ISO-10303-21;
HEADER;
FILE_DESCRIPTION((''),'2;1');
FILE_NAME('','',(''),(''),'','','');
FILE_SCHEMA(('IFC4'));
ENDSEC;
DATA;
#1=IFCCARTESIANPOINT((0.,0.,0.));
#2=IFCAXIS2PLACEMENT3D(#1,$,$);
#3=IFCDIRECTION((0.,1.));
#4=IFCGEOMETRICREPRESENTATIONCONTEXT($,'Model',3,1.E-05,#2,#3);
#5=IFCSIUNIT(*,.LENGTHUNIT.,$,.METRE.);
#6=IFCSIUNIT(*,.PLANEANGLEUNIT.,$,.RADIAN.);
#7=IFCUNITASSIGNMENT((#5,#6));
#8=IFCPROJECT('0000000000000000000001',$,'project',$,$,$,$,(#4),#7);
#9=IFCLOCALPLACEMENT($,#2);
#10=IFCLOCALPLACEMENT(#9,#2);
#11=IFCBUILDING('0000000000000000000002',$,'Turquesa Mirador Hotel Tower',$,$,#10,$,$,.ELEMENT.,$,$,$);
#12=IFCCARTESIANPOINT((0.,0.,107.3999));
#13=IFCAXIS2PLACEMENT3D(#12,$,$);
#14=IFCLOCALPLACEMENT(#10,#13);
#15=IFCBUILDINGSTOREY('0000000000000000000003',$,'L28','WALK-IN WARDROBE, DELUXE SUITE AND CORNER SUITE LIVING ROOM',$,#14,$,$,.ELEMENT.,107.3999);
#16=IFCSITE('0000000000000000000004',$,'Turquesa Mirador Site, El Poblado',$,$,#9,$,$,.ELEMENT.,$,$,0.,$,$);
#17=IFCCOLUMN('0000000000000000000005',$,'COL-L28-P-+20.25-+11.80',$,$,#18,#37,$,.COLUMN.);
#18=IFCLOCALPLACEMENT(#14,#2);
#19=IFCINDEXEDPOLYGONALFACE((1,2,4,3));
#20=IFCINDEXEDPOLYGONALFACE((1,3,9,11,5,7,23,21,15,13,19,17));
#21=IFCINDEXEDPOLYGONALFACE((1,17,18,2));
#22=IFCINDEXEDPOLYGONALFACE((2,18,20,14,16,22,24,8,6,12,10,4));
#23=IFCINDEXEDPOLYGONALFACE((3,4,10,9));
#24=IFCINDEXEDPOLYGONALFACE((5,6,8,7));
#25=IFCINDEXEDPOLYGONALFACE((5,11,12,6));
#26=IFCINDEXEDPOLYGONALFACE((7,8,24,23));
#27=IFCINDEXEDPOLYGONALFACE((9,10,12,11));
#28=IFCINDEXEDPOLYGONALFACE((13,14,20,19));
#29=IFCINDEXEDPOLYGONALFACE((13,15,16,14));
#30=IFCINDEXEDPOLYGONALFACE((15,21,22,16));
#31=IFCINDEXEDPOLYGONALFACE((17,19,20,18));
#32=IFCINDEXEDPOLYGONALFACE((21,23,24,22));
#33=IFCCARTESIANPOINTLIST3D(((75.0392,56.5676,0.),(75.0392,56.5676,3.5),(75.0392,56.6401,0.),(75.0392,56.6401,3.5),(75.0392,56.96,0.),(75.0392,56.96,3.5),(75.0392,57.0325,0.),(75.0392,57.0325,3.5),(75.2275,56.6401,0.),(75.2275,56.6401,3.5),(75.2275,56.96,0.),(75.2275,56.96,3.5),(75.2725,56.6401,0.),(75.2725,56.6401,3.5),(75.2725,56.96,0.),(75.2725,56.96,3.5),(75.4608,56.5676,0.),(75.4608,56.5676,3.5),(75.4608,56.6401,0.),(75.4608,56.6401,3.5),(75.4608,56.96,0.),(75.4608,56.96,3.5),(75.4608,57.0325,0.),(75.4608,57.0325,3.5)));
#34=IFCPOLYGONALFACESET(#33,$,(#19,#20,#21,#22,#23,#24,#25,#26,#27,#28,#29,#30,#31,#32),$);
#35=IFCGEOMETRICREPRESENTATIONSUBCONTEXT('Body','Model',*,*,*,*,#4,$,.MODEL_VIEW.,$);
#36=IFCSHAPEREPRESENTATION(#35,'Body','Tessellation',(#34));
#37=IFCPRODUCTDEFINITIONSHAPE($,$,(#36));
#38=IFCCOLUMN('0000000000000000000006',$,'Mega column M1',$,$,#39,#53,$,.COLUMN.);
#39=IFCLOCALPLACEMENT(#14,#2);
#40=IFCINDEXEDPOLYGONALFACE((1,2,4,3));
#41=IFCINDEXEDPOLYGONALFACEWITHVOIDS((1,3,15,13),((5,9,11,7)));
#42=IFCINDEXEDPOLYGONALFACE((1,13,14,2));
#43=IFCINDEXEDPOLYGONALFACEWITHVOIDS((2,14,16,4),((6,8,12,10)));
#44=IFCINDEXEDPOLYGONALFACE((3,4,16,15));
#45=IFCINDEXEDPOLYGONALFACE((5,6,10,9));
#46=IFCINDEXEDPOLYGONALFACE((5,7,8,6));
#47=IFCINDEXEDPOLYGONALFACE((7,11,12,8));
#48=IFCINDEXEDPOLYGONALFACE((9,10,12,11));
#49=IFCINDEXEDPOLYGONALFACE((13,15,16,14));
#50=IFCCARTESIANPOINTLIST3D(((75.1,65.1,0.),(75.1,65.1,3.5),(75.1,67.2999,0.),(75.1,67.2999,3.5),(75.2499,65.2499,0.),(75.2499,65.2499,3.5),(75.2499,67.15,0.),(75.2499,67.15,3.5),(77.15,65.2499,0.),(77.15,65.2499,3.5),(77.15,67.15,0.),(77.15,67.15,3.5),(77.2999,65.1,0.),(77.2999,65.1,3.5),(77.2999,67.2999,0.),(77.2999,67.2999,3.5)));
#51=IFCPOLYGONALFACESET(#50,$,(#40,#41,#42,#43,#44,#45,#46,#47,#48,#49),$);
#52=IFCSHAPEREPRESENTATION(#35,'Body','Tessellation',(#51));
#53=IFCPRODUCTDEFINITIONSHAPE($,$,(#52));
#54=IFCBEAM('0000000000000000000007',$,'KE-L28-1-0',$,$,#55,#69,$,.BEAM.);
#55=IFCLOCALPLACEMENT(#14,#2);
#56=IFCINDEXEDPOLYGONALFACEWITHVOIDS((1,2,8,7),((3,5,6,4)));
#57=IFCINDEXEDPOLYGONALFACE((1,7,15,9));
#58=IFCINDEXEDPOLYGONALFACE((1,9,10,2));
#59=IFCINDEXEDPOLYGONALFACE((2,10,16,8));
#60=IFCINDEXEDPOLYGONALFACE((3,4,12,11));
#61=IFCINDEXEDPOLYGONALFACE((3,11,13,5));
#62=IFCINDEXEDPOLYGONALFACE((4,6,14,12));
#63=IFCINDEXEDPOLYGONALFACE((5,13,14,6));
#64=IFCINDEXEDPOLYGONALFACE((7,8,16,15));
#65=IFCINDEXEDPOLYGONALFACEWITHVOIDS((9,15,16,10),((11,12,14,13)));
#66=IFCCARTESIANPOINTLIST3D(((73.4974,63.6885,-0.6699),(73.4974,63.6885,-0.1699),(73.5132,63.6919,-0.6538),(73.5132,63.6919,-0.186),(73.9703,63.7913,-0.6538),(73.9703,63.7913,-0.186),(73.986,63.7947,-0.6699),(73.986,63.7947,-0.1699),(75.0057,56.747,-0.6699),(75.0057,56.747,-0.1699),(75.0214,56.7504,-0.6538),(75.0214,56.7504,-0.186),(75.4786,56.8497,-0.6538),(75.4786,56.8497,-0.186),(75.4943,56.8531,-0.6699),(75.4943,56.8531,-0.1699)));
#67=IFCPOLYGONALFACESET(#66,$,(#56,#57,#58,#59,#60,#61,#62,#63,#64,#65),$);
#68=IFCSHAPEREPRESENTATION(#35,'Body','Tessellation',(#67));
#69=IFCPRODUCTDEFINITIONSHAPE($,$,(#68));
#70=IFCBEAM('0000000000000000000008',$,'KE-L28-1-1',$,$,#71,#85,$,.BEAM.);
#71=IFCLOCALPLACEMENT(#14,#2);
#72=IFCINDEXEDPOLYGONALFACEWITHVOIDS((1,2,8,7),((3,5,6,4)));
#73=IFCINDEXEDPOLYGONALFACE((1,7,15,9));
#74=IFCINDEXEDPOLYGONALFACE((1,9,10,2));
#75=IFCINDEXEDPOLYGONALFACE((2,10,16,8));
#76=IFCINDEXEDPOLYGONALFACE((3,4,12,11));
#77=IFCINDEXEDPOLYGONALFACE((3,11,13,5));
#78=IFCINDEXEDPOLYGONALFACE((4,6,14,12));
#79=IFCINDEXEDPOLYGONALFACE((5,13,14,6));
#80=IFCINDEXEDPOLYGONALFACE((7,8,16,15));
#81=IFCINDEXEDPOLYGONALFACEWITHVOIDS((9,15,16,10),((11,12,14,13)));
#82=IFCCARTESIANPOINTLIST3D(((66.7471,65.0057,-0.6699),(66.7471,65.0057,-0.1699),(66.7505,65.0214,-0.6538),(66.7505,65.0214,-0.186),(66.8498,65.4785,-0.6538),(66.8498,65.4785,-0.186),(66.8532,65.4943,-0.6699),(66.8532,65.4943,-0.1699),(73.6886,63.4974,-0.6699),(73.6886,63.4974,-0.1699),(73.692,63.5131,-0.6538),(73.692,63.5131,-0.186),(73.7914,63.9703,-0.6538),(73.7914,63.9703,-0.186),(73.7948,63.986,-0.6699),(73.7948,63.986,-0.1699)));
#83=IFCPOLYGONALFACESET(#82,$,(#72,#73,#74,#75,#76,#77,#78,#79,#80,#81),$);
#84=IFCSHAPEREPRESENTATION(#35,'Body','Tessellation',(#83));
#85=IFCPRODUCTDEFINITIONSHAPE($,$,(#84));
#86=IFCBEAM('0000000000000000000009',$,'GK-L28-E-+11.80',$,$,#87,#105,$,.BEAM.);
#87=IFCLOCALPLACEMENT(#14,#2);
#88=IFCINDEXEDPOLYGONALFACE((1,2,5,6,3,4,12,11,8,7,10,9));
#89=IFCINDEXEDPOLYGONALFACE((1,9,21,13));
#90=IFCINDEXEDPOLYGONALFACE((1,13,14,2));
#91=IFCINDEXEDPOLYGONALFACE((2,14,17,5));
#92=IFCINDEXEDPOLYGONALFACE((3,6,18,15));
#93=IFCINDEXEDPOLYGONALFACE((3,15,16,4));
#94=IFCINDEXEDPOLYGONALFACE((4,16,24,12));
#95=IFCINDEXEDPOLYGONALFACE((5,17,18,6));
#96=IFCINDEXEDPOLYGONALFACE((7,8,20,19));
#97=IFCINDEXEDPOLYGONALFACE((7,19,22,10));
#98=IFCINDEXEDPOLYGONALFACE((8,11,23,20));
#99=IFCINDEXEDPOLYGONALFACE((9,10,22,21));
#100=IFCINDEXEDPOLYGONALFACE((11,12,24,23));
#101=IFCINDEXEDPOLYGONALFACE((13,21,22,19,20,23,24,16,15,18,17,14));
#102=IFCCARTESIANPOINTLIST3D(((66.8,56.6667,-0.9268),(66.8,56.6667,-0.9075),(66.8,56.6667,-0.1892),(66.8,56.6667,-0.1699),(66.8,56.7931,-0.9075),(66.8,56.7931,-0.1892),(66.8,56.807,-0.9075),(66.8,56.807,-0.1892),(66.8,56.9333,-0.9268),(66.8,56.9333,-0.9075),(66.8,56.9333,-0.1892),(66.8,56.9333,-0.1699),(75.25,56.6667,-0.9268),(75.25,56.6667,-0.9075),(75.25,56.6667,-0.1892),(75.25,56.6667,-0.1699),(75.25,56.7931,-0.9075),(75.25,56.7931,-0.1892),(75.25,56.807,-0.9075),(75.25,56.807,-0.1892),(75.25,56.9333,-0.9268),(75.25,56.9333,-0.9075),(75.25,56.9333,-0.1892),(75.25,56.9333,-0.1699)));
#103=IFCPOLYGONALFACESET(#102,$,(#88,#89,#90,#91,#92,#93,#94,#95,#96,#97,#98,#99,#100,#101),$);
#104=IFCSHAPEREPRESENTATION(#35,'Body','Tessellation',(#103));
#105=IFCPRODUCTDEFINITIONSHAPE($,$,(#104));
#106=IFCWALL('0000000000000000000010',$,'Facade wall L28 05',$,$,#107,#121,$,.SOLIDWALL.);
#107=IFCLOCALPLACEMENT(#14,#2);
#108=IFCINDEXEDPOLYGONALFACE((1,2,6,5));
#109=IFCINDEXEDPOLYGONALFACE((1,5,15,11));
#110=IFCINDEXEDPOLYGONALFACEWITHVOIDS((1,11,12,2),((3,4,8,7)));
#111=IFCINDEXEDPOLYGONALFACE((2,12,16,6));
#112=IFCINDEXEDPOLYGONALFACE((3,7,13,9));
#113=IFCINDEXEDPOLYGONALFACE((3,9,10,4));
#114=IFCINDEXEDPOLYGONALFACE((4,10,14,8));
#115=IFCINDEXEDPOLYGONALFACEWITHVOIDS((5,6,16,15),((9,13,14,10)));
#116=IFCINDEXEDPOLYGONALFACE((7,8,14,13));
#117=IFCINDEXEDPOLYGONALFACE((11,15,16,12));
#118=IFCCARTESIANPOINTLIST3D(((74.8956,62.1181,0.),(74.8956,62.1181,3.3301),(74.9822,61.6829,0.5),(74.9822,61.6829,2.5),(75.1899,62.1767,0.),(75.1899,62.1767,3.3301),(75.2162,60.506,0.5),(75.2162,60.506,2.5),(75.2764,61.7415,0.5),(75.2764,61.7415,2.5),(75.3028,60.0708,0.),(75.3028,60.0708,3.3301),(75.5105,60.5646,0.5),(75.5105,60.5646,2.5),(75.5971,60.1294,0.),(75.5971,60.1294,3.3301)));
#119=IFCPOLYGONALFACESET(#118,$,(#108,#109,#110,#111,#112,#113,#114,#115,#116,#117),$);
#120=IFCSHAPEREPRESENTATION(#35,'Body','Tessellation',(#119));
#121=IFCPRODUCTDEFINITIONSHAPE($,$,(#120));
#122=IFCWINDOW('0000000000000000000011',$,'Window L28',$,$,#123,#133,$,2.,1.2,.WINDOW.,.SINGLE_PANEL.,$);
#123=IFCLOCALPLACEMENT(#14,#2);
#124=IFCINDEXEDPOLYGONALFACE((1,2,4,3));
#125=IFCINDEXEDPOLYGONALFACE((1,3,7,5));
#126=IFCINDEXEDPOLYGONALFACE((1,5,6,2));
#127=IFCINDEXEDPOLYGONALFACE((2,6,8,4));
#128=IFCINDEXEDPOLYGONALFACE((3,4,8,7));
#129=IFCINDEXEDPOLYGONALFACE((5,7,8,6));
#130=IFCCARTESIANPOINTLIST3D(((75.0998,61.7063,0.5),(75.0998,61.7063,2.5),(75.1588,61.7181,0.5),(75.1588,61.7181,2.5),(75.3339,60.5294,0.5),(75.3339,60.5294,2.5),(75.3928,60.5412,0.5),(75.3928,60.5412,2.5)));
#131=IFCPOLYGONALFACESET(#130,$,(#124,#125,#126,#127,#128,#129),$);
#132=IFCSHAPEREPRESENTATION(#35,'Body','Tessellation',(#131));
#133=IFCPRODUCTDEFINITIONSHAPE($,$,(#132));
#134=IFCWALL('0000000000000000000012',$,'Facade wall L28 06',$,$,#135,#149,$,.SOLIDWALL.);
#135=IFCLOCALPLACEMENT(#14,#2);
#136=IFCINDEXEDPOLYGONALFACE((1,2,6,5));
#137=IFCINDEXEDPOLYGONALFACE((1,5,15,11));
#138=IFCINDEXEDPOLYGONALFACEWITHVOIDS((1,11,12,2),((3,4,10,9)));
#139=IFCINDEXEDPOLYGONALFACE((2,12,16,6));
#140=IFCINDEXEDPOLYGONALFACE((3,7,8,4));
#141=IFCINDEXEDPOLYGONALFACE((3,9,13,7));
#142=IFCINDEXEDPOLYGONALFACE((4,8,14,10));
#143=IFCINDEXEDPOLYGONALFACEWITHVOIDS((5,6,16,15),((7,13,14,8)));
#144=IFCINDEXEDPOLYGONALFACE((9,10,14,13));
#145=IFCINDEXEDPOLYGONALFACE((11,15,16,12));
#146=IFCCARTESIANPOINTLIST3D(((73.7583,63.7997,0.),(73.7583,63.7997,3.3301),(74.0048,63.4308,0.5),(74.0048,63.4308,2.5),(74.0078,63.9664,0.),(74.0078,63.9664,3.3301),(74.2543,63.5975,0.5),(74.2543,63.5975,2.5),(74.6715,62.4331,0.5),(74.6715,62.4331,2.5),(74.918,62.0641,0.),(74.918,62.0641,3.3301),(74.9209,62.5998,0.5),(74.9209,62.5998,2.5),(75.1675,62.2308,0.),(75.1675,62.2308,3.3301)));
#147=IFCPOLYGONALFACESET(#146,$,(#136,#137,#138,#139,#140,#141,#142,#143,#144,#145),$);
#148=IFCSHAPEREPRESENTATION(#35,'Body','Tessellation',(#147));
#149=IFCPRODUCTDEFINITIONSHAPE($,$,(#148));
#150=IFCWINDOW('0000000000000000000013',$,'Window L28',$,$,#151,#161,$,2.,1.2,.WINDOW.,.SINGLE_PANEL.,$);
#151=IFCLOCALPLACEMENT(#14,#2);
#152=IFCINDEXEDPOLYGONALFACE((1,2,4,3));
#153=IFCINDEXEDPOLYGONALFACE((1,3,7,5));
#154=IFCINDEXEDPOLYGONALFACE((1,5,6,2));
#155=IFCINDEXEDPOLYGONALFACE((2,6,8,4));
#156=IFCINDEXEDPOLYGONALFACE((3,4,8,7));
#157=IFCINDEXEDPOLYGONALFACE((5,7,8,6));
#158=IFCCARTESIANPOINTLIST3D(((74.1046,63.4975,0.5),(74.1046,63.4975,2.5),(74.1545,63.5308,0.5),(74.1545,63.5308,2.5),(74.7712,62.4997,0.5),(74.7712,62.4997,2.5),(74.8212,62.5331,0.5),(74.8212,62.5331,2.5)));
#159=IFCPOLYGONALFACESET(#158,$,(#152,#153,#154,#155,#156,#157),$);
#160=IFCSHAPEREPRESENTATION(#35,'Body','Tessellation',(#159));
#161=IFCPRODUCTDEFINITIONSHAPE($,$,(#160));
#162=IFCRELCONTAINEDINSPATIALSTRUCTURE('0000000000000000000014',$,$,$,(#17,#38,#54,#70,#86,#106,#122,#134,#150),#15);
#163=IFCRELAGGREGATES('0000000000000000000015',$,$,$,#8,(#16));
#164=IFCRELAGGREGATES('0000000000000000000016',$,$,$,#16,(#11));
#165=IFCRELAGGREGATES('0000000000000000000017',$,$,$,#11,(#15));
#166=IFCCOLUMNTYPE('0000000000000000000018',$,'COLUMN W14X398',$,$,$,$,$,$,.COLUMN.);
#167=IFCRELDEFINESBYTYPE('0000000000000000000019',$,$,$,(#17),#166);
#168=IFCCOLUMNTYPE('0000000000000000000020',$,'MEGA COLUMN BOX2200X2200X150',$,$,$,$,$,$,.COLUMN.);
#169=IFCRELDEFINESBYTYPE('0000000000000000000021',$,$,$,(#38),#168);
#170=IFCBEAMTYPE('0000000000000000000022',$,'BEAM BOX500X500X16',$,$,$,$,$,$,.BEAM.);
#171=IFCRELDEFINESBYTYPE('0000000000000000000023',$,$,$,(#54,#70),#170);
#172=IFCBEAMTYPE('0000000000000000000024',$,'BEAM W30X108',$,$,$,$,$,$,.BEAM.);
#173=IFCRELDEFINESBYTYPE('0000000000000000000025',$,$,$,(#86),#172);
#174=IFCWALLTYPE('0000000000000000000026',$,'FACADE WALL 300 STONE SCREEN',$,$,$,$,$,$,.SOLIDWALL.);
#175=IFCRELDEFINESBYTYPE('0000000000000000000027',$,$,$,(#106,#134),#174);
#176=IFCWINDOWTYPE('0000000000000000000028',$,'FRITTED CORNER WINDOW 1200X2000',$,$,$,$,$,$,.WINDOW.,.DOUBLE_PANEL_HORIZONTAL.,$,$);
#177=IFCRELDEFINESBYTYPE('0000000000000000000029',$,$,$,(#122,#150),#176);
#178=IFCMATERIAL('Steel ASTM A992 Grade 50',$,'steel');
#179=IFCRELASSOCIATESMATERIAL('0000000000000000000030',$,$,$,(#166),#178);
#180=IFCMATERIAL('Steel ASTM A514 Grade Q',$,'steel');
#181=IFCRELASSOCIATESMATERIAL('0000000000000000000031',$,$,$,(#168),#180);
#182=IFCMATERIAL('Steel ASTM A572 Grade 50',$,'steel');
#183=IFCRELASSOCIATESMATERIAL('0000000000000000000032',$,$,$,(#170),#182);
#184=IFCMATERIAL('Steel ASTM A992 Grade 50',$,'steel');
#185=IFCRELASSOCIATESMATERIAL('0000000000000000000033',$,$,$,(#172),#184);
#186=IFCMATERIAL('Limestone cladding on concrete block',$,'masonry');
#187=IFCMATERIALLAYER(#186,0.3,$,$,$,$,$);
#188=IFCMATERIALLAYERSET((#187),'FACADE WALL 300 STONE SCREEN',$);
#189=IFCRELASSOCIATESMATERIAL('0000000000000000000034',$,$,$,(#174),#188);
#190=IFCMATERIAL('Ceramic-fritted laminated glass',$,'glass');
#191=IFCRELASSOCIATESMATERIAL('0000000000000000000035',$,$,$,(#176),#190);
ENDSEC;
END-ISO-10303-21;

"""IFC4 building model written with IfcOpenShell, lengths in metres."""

from ifc_helpers import new_model, si_unit, direction, frame, frame_2d, origin, origin_2d, place, context, subcontext, project, spatial, rectangle, hollow_rectangle, i_section, extrude, material, layer, layer_set, material_profile, profile_set, type_object, element, fill, save


model = new_model("IFC4")

# Units and contexts
model_context = context("Model", 3, precision=1e-05, world=origin(), true_north=direction((0.0, 1.0)))
body_context = subcontext(model_context, "Body", "Model", "MODEL_VIEW")
ifc_project = project(units=[si_unit("LENGTHUNIT", "METRE"), si_unit("PLANEANGLEUNIT", "RADIAN")], contexts=[model_context])

# Site, building, storey
site_placement = place(None, origin())
site = spatial("IfcSite", under=ifc_project, at=site_placement, Name="Turquesa Mirador Site, El Poblado", CompositionType="ELEMENT", RefElevation=0.0)
building_placement = place(site_placement, origin())
building = spatial("IfcBuilding", under=site, at=building_placement, Name="Turquesa Mirador Hotel Tower", CompositionType="ELEMENT")
storey_placement = place(building_placement, frame((0.0, 0.0, 107.3999)))
storey = spatial("IfcBuildingStorey", under=building, at=storey_placement, Name="L28", Description="WALK-IN WARDROBE, DELUXE SUITE AND CORNER SUITE LIVING ROOM", CompositionType="ELEMENT", Elevation=107.3999)

# Columns
ifc_material_1 = material(Name="Steel ASTM A992 Grade 50", Category="steel")
ifc_material_profile_1 = material_profile(ifc_material_1, i_section(OverallWidth=0.4216, OverallDepth=0.4648, WebThickness=0.0449, FlangeThickness=0.0725, at=origin_2d()), Name="W14X398")
ifc_profile_set_1 = profile_set([ifc_material_profile_1], Name="Steel ASTM A992 Grade 50")
column_type_1 = type_object("IfcColumnType", Name="COLUMN W14X398", PredefinedType="COLUMN", material=ifc_profile_set_1)
column_1_placement = place(storey_placement, frame((75.25, 56.8, 0.0), z_axis=(0.0, 0.0, 1.0), x_axis=(1.0, 0.0, 0.0)))
element("IfcColumn", 1, at=column_1_placement, inside=storey, type_object=column_type_1, Name="COL-L28-P-+20.25-+11.80", PredefinedType="COLUMN", context=body_context, shape_type="SweptSolid", body=[
    extrude(i_section(OverallWidth=0.4216, OverallDepth=0.4648, WebThickness=0.0449, FlangeThickness=0.0725, at=origin_2d()), origin(), (0.0, 0.0, 1.0), 3.5),
])
ifc_material_2 = material(Name="Steel ASTM A514 Grade Q", Category="steel")
ifc_material_profile_2 = material_profile(ifc_material_2, hollow_rectangle(XDim=2.2, YDim=2.2, WallThickness=0.1499, at=origin_2d()), Name="BOX2200X2200X150")
ifc_profile_set_2 = profile_set([ifc_material_profile_2], Name="Steel ASTM A514 Grade Q")
column_type_2 = type_object("IfcColumnType", Name="MEGA COLUMN BOX2200X2200X150", PredefinedType="COLUMN", material=ifc_profile_set_2)
column_2_placement = place(storey_placement, frame((76.2, 66.2, 0.0), z_axis=(0.0, 0.0, 1.0), x_axis=(1.0, 0.0, 0.0)))
element("IfcColumn", 2, at=column_2_placement, inside=storey, type_object=column_type_2, Name="Mega column M1", PredefinedType="COLUMN", context=body_context, shape_type="SweptSolid", body=[
    extrude(hollow_rectangle(XDim=2.2, YDim=2.2, WallThickness=0.1499, at=origin_2d()), origin(), (0.0, 0.0, 1.0), 3.5),
])

# Beams
ifc_material_3 = material(Name="Steel ASTM A572 Grade 50", Category="steel")
ifc_material_profile_3 = material_profile(ifc_material_3, hollow_rectangle(XDim=0.5, YDim=0.5, WallThickness=0.0161, at=origin_2d()), Name="BOX500X500X16")
ifc_profile_set_3 = profile_set([ifc_material_profile_3], Name="Steel ASTM A572 Grade 50")
beam_type_1 = type_object("IfcBeamType", Name="BEAM BOX500X500X16", PredefinedType="BEAM", material=ifc_profile_set_3)
for number, where, z_axis, x_axis, name in (
    (3, (75.25, 56.8, -0.4199), (-0.212328, 0.977198, 0.0), (-0.977198, -0.212328, 0.0), "KE-L28-1-0"),
    (4, (73.7417, 63.7417, -0.4199), (-0.977198, 0.212328, 0.0), (-0.212328, -0.977198, 0.0), "KE-L28-1-1"),
):
    element("IfcBeam", number, at=place(storey_placement, frame(where, z_axis=z_axis, x_axis=x_axis)), inside=storey, type_object=beam_type_1, Name=name, PredefinedType="BEAM", context=body_context, shape_type="SweptSolid", body=[
        extrude(hollow_rectangle(XDim=0.5, YDim=0.5, WallThickness=0.0161, at=origin_2d()), origin(), (0.0, 0.0, 1.0), 7.1035),
    ])
ifc_material_4 = material(Name="Steel ASTM A992 Grade 50", Category="steel")
ifc_material_profile_4 = material_profile(ifc_material_4, i_section(OverallWidth=0.2666, OverallDepth=0.7568, WebThickness=0.0139, FlangeThickness=0.0193, at=origin_2d()), Name="W30X108")
ifc_profile_set_4 = profile_set([ifc_material_profile_4], Name="Steel ASTM A992 Grade 50")
beam_type_2 = type_object("IfcBeamType", Name="BEAM W30X108", PredefinedType="BEAM", material=ifc_profile_set_4)
beam_placement = place(storey_placement, frame((75.25, 56.8, -0.5483), z_axis=(-1.0, 0.0, 0.0), x_axis=(0.0, -1.0, 0.0)))
element("IfcBeam", 5, at=beam_placement, inside=storey, type_object=beam_type_2, Name="GK-L28-E-+11.80", PredefinedType="BEAM", context=body_context, shape_type="SweptSolid", body=[
    extrude(i_section(OverallWidth=0.2666, OverallDepth=0.7568, WebThickness=0.0139, FlangeThickness=0.0193, at=origin_2d()), origin(), (0.0, 0.0, 1.0), 8.45),
])

# Walls, openings, windows
ifc_material_5 = material(Name="Limestone cladding on concrete block", Category="masonry")
ifc_layer = layer(ifc_material_5, 0.3)
ifc_layer_set = layer_set([ifc_layer], Name="FACADE WALL 300 STONE SCREEN")
wall_type = type_object("IfcWallType", Name="FACADE WALL 300 STONE SCREEN", PredefinedType="SOLIDWALL", material=ifc_layer_set)
wall_1_placement = place(storey_placement, frame((75.45, 60.1001, 0.0), z_axis=(0.0, 0.0, 1.0), x_axis=(-0.195081, 0.980787, 0.0)))
wall_1 = element("IfcWall", 6, at=wall_1_placement, inside=storey, type_object=wall_type, Name="Facade wall L28 05", PredefinedType="SOLIDWALL", context=body_context, shape_type="SweptSolid", body=[
    extrude(rectangle(XDim=2.0874, YDim=0.3, at=frame_2d((1.0437, 0.0))), origin(), (0.0, 0.0, 1.0), 3.3301),
])
opening_1_placement = place(wall_1_placement, frame((0.4436, 0.0, 0.5)))
opening_1 = element("IfcOpeningElement", 7, at=opening_1_placement, cuts=wall_1, PredefinedType="OPENING", context=body_context, shape_type="SweptSolid", body=[
    extrude(rectangle(XDim=1.2, YDim=2.0, at=frame_2d((0.6001, 1.0))), frame((0.0, 0.1599, 0.0), z_axis=(0.0, -1.0, 0.0), x_axis=(1.0, 0.0, 0.0)), (0.0, 0.0, 1.0), 0.3201),
])
ifc_material_6 = material(Name="Ceramic-fritted laminated glass", Category="glass")
window_type = type_object("IfcWindowType", Name="FRITTED CORNER WINDOW 1200X2000", PartitioningType="DOUBLE_PANEL_HORIZONTAL", PredefinedType="WINDOW", material=ifc_material_6)
window_1_placement = place(opening_1_placement, origin())
window_1 = element("IfcWindow", 8, at=window_1_placement, inside=storey, type_object=window_type, Name="Window L28", OverallHeight=2.0, OverallWidth=1.2, PartitioningType="SINGLE_PANEL", PredefinedType="WINDOW", context=body_context, shape_type="SweptSolid", body=[
    extrude(rectangle(XDim=1.2, YDim=2.0, at=frame_2d((0.6001, 1.0))), frame((0.0, 0.03, 0.0), z_axis=(0.0, -1.0, 0.0), x_axis=(1.0, 0.0, 0.0)), (0.0, 0.0, 1.0), 0.0601),
])
fill(opening_1, window_1)
wall_2_placement = place(storey_placement, frame((75.0427, 62.1475, 0.0), z_axis=(0.0, 0.0, 1.0), x_axis=(-0.555564, 0.831474, 0.0)))
wall_2 = element("IfcWall", 9, at=wall_2_placement, inside=storey, type_object=wall_type, Name="Facade wall L28 06", PredefinedType="SOLIDWALL", context=body_context, shape_type="SweptSolid", body=[
    extrude(rectangle(XDim=2.0874, YDim=0.3, at=frame_2d((1.0437, 0.0))), origin(), (0.0, 0.0, 1.0), 3.3301),
])
opening_2_placement = place(wall_2_placement, frame((0.4436, 0.0, 0.5)))
opening_2 = element("IfcOpeningElement", 10, at=opening_2_placement, cuts=wall_2, PredefinedType="OPENING", context=body_context, shape_type="SweptSolid", body=[
    extrude(rectangle(XDim=1.2, YDim=2.0, at=frame_2d((0.6001, 1.0))), frame((0.0, 0.1599, 0.0), z_axis=(0.0, -1.0, 0.0), x_axis=(1.0, 0.0, 0.0)), (0.0, 0.0, 1.0), 0.3201),
])
window_2_placement = place(opening_2_placement, origin())
window_2 = element("IfcWindow", 11, at=window_2_placement, inside=storey, type_object=window_type, Name="Window L28", OverallHeight=2.0, OverallWidth=1.2, PartitioningType="SINGLE_PANEL", PredefinedType="WINDOW", context=body_context, shape_type="SweptSolid", body=[
    extrude(rectangle(XDim=1.2, YDim=2.0, at=frame_2d((0.6001, 1.0))), frame((0.0, 0.03, 0.0), z_axis=(0.0, -1.0, 0.0), x_axis=(1.0, 0.0, 0.0)), (0.0, 0.0, 1.0), 0.0601),
])
fill(opening_2, window_2)

save(model, "model.ifc")
